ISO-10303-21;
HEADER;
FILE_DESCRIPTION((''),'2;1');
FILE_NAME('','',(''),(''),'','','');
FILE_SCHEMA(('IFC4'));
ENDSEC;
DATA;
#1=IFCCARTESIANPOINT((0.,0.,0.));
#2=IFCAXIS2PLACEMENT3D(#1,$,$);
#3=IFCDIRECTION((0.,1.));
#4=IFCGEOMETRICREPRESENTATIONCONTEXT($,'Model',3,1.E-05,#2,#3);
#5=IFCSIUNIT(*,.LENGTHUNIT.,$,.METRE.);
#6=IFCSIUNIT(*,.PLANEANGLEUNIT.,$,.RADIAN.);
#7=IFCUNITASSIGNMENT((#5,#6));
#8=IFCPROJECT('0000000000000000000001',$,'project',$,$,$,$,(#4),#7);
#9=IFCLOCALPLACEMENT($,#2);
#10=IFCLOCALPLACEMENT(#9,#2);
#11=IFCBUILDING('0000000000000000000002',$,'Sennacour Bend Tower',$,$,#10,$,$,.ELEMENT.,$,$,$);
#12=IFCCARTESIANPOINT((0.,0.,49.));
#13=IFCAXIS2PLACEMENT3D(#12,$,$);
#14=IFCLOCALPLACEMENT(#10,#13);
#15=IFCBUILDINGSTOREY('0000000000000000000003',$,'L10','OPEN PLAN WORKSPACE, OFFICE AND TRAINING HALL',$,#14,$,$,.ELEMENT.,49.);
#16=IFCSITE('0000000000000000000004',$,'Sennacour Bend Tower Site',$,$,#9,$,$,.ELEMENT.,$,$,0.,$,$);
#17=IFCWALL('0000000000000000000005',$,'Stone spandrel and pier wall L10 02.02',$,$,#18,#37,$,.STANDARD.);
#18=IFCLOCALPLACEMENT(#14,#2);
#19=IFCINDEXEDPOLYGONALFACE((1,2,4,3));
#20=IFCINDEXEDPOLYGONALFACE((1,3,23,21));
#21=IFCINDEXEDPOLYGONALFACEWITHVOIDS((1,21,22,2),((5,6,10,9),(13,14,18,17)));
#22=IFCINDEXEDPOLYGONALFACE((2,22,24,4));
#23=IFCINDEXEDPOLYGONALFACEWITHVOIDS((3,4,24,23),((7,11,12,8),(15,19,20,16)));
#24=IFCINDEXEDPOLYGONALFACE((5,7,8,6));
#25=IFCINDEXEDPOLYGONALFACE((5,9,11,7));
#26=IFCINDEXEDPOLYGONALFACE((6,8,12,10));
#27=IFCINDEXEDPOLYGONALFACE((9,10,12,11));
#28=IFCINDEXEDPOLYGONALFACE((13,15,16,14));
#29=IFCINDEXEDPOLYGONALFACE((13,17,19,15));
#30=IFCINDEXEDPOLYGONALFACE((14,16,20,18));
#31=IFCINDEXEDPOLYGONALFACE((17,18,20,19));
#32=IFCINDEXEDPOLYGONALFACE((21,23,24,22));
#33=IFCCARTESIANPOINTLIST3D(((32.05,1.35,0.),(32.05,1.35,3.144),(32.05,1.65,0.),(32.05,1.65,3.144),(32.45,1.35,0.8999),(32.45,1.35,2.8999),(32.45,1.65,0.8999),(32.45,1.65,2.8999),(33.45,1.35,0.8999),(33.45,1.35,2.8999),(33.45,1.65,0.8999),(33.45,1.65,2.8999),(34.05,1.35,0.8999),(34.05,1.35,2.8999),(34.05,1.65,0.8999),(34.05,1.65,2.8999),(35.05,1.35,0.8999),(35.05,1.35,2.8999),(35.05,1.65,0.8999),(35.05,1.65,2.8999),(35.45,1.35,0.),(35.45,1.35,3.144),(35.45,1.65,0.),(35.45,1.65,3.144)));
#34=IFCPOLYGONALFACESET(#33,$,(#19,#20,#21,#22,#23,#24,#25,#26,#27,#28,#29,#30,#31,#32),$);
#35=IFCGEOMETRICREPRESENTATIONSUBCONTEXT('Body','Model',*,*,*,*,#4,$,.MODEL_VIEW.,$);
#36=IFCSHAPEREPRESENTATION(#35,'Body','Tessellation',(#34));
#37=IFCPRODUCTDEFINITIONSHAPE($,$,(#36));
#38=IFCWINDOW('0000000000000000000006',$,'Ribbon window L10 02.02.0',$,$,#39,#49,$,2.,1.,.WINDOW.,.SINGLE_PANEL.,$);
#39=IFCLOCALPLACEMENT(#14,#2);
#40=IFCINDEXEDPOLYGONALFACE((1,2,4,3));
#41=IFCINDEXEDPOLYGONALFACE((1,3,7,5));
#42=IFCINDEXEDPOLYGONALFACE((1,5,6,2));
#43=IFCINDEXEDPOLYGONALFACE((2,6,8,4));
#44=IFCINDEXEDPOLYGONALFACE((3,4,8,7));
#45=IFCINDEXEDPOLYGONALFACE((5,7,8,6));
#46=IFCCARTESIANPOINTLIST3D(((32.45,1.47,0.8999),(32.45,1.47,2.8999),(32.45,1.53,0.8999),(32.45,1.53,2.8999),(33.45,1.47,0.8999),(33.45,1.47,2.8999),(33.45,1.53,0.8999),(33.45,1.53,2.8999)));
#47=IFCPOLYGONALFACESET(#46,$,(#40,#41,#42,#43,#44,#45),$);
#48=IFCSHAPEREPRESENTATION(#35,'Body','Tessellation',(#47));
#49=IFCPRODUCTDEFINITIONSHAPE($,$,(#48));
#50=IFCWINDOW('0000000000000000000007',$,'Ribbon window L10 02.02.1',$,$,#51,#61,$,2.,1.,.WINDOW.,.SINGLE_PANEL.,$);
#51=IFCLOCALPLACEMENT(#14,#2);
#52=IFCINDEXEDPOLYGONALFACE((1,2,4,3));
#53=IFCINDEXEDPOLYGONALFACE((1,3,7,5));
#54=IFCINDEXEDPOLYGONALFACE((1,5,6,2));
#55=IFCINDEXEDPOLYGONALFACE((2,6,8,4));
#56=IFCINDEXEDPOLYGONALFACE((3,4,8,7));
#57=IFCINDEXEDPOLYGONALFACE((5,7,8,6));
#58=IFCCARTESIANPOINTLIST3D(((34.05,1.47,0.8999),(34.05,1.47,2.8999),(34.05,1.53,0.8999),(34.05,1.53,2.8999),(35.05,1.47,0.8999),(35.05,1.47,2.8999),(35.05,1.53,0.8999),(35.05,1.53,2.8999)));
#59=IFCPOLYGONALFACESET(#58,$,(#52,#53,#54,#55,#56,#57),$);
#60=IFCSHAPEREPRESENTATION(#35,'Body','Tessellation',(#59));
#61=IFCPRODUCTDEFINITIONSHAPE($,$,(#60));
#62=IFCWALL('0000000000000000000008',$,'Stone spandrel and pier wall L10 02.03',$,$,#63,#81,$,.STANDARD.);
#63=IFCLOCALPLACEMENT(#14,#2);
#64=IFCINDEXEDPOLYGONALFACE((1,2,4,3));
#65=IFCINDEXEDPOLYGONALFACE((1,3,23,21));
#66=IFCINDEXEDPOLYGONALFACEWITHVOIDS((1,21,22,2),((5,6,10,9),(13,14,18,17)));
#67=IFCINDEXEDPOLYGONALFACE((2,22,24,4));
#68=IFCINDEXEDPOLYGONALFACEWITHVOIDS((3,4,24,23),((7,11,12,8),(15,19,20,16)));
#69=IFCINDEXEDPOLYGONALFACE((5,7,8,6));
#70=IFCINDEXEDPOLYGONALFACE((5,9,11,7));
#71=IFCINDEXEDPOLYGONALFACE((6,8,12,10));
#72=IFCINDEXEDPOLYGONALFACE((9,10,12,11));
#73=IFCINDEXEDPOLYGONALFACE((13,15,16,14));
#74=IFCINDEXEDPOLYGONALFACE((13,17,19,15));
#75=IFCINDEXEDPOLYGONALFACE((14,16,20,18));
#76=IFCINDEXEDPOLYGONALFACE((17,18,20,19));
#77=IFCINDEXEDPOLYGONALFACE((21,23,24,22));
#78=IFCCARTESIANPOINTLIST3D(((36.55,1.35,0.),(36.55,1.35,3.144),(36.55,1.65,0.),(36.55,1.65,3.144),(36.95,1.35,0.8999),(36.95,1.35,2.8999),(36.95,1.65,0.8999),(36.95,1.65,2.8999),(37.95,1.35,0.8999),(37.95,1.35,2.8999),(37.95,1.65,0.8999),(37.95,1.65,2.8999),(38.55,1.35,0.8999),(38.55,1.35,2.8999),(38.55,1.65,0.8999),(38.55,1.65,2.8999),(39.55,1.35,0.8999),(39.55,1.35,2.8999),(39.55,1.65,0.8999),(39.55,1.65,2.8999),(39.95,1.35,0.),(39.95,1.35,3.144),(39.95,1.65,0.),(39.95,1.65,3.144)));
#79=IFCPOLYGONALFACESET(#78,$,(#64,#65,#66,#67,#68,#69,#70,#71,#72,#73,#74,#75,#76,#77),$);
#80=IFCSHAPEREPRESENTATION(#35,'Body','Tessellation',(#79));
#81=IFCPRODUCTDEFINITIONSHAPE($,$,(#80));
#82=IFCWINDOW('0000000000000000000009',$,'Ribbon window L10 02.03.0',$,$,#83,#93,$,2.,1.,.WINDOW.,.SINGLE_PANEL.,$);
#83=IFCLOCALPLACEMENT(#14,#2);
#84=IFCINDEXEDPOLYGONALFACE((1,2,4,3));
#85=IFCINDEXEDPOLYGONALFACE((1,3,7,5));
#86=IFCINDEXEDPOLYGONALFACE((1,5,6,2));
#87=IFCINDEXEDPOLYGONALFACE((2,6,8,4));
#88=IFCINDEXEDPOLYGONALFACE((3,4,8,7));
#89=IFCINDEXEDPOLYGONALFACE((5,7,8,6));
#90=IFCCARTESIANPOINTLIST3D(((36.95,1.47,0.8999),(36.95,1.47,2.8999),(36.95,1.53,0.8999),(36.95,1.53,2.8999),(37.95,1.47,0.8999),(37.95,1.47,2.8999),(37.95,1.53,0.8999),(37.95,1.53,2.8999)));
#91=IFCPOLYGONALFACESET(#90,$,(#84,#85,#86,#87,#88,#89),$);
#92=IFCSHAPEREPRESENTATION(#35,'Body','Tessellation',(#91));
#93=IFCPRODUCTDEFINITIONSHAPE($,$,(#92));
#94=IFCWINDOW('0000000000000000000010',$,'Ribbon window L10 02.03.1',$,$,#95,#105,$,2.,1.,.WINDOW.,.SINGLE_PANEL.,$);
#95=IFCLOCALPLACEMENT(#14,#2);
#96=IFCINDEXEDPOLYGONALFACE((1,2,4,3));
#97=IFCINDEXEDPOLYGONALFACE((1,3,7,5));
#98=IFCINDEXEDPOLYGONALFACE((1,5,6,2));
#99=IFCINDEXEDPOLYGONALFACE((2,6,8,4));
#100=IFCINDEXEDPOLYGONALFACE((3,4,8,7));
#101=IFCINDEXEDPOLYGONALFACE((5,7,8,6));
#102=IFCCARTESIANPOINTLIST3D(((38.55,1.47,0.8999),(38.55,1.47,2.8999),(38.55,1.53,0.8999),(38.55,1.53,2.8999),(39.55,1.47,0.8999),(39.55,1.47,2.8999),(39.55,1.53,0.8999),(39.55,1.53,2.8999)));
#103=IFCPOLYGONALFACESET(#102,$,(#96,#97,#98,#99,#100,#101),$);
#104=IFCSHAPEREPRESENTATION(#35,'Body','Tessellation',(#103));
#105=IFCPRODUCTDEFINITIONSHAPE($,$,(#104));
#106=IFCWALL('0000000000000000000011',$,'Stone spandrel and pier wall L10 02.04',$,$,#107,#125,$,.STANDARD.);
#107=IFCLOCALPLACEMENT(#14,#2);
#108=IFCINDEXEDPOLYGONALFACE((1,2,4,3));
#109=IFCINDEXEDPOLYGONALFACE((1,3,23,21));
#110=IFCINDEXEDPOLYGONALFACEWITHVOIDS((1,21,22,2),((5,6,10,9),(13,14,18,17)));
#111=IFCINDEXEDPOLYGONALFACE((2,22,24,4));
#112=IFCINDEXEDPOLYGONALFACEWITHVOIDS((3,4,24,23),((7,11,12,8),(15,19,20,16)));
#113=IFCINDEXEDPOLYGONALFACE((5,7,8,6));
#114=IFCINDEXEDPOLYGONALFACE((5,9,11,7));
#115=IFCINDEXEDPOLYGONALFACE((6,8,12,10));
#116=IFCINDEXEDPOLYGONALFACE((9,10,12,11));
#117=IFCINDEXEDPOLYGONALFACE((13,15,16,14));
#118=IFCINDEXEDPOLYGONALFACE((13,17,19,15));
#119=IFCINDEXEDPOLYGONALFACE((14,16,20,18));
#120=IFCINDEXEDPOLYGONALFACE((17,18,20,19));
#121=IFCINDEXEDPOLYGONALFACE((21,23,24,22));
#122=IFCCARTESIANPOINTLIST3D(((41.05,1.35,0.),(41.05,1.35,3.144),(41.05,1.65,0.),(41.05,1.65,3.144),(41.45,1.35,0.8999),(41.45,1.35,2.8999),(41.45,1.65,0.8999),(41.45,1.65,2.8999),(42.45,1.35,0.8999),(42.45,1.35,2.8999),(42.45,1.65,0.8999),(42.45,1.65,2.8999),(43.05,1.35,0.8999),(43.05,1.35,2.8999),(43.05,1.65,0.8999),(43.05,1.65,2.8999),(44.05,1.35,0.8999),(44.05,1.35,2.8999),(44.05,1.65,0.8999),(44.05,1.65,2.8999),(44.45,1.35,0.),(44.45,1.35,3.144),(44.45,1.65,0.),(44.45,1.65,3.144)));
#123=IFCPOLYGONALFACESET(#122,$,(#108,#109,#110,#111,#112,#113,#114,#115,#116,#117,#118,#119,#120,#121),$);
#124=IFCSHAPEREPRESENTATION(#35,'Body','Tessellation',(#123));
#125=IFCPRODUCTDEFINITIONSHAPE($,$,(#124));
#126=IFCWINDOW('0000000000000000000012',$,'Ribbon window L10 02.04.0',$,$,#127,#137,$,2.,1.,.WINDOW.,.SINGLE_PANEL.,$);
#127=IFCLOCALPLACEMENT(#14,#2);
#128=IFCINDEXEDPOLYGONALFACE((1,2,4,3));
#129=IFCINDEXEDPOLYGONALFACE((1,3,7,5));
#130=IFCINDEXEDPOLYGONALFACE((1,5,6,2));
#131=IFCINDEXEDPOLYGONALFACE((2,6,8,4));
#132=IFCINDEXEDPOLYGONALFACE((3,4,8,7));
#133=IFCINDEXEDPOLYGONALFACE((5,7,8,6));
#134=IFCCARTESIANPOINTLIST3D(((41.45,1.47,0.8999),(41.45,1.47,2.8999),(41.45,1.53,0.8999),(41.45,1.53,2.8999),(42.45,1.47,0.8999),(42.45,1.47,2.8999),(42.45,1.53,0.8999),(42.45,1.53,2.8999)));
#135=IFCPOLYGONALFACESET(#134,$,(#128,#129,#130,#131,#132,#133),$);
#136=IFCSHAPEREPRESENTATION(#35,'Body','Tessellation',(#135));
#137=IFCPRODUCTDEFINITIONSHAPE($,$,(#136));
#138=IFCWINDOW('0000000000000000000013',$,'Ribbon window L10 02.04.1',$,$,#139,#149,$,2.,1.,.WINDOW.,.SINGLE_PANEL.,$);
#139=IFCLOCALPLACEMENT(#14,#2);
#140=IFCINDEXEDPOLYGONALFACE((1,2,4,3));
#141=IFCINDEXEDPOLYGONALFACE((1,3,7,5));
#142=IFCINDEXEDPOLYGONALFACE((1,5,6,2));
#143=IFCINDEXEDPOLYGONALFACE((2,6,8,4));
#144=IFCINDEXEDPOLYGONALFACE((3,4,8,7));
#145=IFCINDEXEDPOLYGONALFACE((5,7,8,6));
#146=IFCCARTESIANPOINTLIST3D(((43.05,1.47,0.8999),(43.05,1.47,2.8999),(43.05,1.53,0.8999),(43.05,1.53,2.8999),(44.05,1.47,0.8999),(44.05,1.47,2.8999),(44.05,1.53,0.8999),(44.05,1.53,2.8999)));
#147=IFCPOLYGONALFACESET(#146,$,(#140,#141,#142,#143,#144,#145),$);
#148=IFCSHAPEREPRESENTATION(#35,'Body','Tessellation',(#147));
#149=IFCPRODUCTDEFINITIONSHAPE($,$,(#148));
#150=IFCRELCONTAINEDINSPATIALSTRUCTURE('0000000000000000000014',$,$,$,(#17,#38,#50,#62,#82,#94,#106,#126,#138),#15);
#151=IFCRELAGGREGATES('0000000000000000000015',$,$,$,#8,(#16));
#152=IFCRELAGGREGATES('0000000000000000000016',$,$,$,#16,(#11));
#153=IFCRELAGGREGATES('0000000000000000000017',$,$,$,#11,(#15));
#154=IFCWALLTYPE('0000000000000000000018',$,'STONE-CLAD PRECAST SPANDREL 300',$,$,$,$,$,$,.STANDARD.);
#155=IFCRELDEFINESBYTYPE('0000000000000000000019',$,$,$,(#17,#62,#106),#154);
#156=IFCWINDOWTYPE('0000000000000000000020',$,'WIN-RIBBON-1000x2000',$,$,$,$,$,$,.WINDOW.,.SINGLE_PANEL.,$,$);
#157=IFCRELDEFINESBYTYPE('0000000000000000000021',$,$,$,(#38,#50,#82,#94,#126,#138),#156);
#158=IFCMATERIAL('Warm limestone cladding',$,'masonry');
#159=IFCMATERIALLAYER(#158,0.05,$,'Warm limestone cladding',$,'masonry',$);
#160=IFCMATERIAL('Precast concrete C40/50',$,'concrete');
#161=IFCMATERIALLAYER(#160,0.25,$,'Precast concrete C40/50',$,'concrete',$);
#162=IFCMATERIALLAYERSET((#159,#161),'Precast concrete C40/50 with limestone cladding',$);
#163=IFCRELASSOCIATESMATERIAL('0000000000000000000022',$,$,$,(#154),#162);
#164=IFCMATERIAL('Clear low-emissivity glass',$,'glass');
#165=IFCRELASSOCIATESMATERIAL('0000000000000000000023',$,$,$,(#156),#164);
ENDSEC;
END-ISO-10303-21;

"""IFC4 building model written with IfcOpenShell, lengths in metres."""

from ifc_helpers import new_model, si_unit, direction, frame, frame_2d, origin, place, context, subcontext, project, spatial, rectangle, extrude, material, layer, layer_set, type_object, element, fill, save


model = new_model("IFC4")

# Units and contexts
model_context = context("Model", 3, precision=1e-05, world=origin(), true_north=direction((0.0, 1.0)))
body_context = subcontext(model_context, "Body", "Model", "MODEL_VIEW")
ifc_project = project(units=[si_unit("LENGTHUNIT", "METRE"), si_unit("PLANEANGLEUNIT", "RADIAN")], contexts=[model_context])

# Site, building, storey
site_placement = place(None, origin())
site = spatial("IfcSite", under=ifc_project, at=site_placement, Name="Sennacour Bend Tower Site", CompositionType="ELEMENT", RefElevation=0.0)
building_placement = place(site_placement, origin())
building = spatial("IfcBuilding", under=site, at=building_placement, Name="Sennacour Bend Tower", CompositionType="ELEMENT")
storey_placement = place(building_placement, frame((0.0, 0.0, 49.0)))
storey = spatial("IfcBuildingStorey", under=building, at=storey_placement, Name="L10", Description="OPEN PLAN WORKSPACE, OFFICE AND TRAINING HALL", CompositionType="ELEMENT", Elevation=49.0)

# Walls, openings, windows
ifc_material_1 = material(Name="Warm limestone cladding", Category="masonry")
ifc_layer_1 = layer(ifc_material_1, 0.05, Name="Warm limestone cladding", Category="masonry")
ifc_material_2 = material(Name="Precast concrete C40/50", Category="concrete")
ifc_layer_2 = layer(ifc_material_2, 0.25, Name="Precast concrete C40/50", Category="concrete")
ifc_layer_set_1 = layer_set([ifc_layer_1, ifc_layer_2], Name="Precast concrete C40/50 with limestone cladding")
wall_type_1 = type_object("IfcWallType", Name="STONE-CLAD PRECAST SPANDREL 300", PredefinedType="STANDARD", material=ifc_layer_set_1)
wall_1_placement = place(storey_placement, frame((32.05, 1.5, 0.0), z_axis=(0.0, 0.0, 1.0), x_axis=(1.0, 0.0, 0.0)))
wall_1 = element("IfcWall", 1, at=wall_1_placement, inside=storey, type_object=wall_type_1, Name="Stone spandrel and pier wall L10 02.02", PredefinedType="STANDARD", context=body_context, shape_type="SweptSolid", body=[
    extrude(rectangle(XDim=3.3999, YDim=0.3, at=frame_2d((1.7, 0.0))), origin(), (0.0, 0.0, 1.0), 3.144),
])
opening_1_placement = place(wall_1_placement, frame((0.3999, 0.0, 0.8999)))
opening_1 = element("IfcOpeningElement", 2, at=opening_1_placement, cuts=wall_1, PredefinedType="OPENING", context=body_context, shape_type="SweptSolid", body=[
    extrude(rectangle(XDim=1.0, YDim=2.0, at=frame_2d((0.5, 1.0))), frame((0.0, 0.1602, 0.0), z_axis=(0.0, -1.0, 0.0), x_axis=(1.0, 0.0, 0.0)), (0.0, 0.0, 1.0), 0.3201),
])
opening_2_placement = place(wall_1_placement, frame((2.0, 0.0, 0.8999)))
opening_2 = element("IfcOpeningElement", 3, at=opening_2_placement, cuts=wall_1, PredefinedType="OPENING", context=body_context, shape_type="SweptSolid", body=[
    extrude(rectangle(XDim=1.0, YDim=2.0, at=frame_2d((0.5, 1.0))), frame((0.0, 0.1602, 0.0), z_axis=(0.0, -1.0, 0.0), x_axis=(1.0, 0.0, 0.0)), (0.0, 0.0, 1.0), 0.3201),
])
ifc_material_3 = material(Name="Clear low-emissivity glass", Category="glass")
window_type = type_object("IfcWindowType", Name="WIN-RIBBON-1000x2000", PartitioningType="SINGLE_PANEL", PredefinedType="WINDOW", material=ifc_material_3)
window_1_placement = place(opening_1_placement, origin())
window_1 = element("IfcWindow", 4, at=window_1_placement, inside=storey, type_object=window_type, Name="Ribbon window L10 02.02.0", OverallHeight=2.0, OverallWidth=1.0, PartitioningType="SINGLE_PANEL", PredefinedType="WINDOW", context=body_context, shape_type="SweptSolid", body=[
    extrude(rectangle(XDim=1.0, YDim=2.0, at=frame_2d((0.5, 1.0))), frame((0.0, 0.03, 0.0), z_axis=(0.0, -1.0, 0.0), x_axis=(1.0, 0.0, 0.0)), (0.0, 0.0, 1.0), 0.0601),
])
fill(opening_1, window_1)
window_2_placement = place(opening_2_placement, origin())
window_2 = element("IfcWindow", 5, at=window_2_placement, inside=storey, type_object=window_type, Name="Ribbon window L10 02.02.1", OverallHeight=2.0, OverallWidth=1.0, PartitioningType="SINGLE_PANEL", PredefinedType="WINDOW", context=body_context, shape_type="SweptSolid", body=[
    extrude(rectangle(XDim=1.0, YDim=2.0, at=frame_2d((0.5, 1.0))), frame((0.0, 0.03, 0.0), z_axis=(0.0, -1.0, 0.0), x_axis=(1.0, 0.0, 0.0)), (0.0, 0.0, 1.0), 0.0601),
])
fill(opening_2, window_2)
wall_2_placement = place(storey_placement, frame((36.55, 1.5, 0.0), z_axis=(0.0, 0.0, 1.0), x_axis=(1.0, 0.0, 0.0)))
wall_2 = element("IfcWall", 6, at=wall_2_placement, inside=storey, type_object=wall_type_1, Name="Stone spandrel and pier wall L10 02.03", PredefinedType="STANDARD", context=body_context, shape_type="SweptSolid", body=[
    extrude(rectangle(XDim=3.3999, YDim=0.3, at=frame_2d((1.7, 0.0))), origin(), (0.0, 0.0, 1.0), 3.144),
])
opening_3_placement = place(wall_2_placement, frame((0.3999, 0.0, 0.8999)))
opening_3 = element("IfcOpeningElement", 7, at=opening_3_placement, cuts=wall_2, PredefinedType="OPENING", context=body_context, shape_type="SweptSolid", body=[
    extrude(rectangle(XDim=1.0, YDim=2.0, at=frame_2d((0.5, 1.0))), frame((0.0, 0.1602, 0.0), z_axis=(0.0, -1.0, 0.0), x_axis=(1.0, 0.0, 0.0)), (0.0, 0.0, 1.0), 0.3201),
])
opening_4_placement = place(wall_2_placement, frame((2.0, 0.0, 0.8999)))
opening_4 = element("IfcOpeningElement", 8, at=opening_4_placement, cuts=wall_2, PredefinedType="OPENING", context=body_context, shape_type="SweptSolid", body=[
    extrude(rectangle(XDim=1.0, YDim=2.0, at=frame_2d((0.5, 1.0))), frame((0.0, 0.1602, 0.0), z_axis=(0.0, -1.0, 0.0), x_axis=(1.0, 0.0, 0.0)), (0.0, 0.0, 1.0), 0.3201),
])
window_3_placement = place(opening_3_placement, origin())
window_3 = element("IfcWindow", 9, at=window_3_placement, inside=storey, type_object=window_type, Name="Ribbon window L10 02.03.0", OverallHeight=2.0, OverallWidth=1.0, PartitioningType="SINGLE_PANEL", PredefinedType="WINDOW", context=body_context, shape_type="SweptSolid", body=[
    extrude(rectangle(XDim=1.0, YDim=2.0, at=frame_2d((0.5, 1.0))), frame((0.0, 0.03, 0.0), z_axis=(0.0, -1.0, 0.0), x_axis=(1.0, 0.0, 0.0)), (0.0, 0.0, 1.0), 0.0601),
])
fill(opening_3, window_3)
window_4_placement = place(opening_4_placement, origin())
window_4 = element("IfcWindow", 10, at=window_4_placement, inside=storey, type_object=window_type, Name="Ribbon window L10 02.03.1", OverallHeight=2.0, OverallWidth=1.0, PartitioningType="SINGLE_PANEL", PredefinedType="WINDOW", context=body_context, shape_type="SweptSolid", body=[
    extrude(rectangle(XDim=1.0, YDim=2.0, at=frame_2d((0.5, 1.0))), frame((0.0, 0.03, 0.0), z_axis=(0.0, -1.0, 0.0), x_axis=(1.0, 0.0, 0.0)), (0.0, 0.0, 1.0), 0.0601),
])
fill(opening_4, window_4)
wall_3_placement = place(storey_placement, frame((41.05, 1.5, 0.0), z_axis=(0.0, 0.0, 1.0), x_axis=(1.0, 0.0, 0.0)))
wall_3 = element("IfcWall", 11, at=wall_3_placement, inside=storey, type_object=wall_type_1, Name="Stone spandrel and pier wall L10 02.04", PredefinedType="STANDARD", context=body_context, shape_type="SweptSolid", body=[
    extrude(rectangle(XDim=3.3999, YDim=0.3, at=frame_2d((1.7, 0.0))), origin(), (0.0, 0.0, 1.0), 3.144),
])
opening_5_placement = place(wall_3_placement, frame((0.3999, 0.0, 0.8999)))
opening_5 = element("IfcOpeningElement", 12, at=opening_5_placement, cuts=wall_3, PredefinedType="OPENING", context=body_context, shape_type="SweptSolid", body=[
    extrude(rectangle(XDim=1.0, YDim=2.0, at=frame_2d((0.5, 1.0))), frame((0.0, 0.1602, 0.0), z_axis=(0.0, -1.0, 0.0), x_axis=(1.0, 0.0, 0.0)), (0.0, 0.0, 1.0), 0.3201),
])
opening_6_placement = place(wall_3_placement, frame((2.0, 0.0, 0.8999)))
opening_6 = element("IfcOpeningElement", 13, at=opening_6_placement, cuts=wall_3, PredefinedType="OPENING", context=body_context, shape_type="SweptSolid", body=[
    extrude(rectangle(XDim=1.0, YDim=2.0, at=frame_2d((0.5, 1.0))), frame((0.0, 0.1602, 0.0), z_axis=(0.0, -1.0, 0.0), x_axis=(1.0, 0.0, 0.0)), (0.0, 0.0, 1.0), 0.3201),
])
window_5_placement = place(opening_5_placement, origin())
window_5 = element("IfcWindow", 14, at=window_5_placement, inside=storey, type_object=window_type, Name="Ribbon window L10 02.04.0", OverallHeight=2.0, OverallWidth=1.0, PartitioningType="SINGLE_PANEL", PredefinedType="WINDOW", context=body_context, shape_type="SweptSolid", body=[
    extrude(rectangle(XDim=1.0, YDim=2.0, at=frame_2d((0.5, 1.0))), frame((0.0, 0.03, 0.0), z_axis=(0.0, -1.0, 0.0), x_axis=(1.0, 0.0, 0.0)), (0.0, 0.0, 1.0), 0.0601),
])
fill(opening_5, window_5)
window_6_placement = place(opening_6_placement, origin())
window_6 = element("IfcWindow", 15, at=window_6_placement, inside=storey, type_object=window_type, Name="Ribbon window L10 02.04.1", OverallHeight=2.0, OverallWidth=1.0, PartitioningType="SINGLE_PANEL", PredefinedType="WINDOW", context=body_context, shape_type="SweptSolid", body=[
    extrude(rectangle(XDim=1.0, YDim=2.0, at=frame_2d((0.5, 1.0))), frame((0.0, 0.03, 0.0), z_axis=(0.0, -1.0, 0.0), x_axis=(1.0, 0.0, 0.0)), (0.0, 0.0, 1.0), 0.0601),
])
fill(opening_6, window_6)

save(model, "model.ifc")
